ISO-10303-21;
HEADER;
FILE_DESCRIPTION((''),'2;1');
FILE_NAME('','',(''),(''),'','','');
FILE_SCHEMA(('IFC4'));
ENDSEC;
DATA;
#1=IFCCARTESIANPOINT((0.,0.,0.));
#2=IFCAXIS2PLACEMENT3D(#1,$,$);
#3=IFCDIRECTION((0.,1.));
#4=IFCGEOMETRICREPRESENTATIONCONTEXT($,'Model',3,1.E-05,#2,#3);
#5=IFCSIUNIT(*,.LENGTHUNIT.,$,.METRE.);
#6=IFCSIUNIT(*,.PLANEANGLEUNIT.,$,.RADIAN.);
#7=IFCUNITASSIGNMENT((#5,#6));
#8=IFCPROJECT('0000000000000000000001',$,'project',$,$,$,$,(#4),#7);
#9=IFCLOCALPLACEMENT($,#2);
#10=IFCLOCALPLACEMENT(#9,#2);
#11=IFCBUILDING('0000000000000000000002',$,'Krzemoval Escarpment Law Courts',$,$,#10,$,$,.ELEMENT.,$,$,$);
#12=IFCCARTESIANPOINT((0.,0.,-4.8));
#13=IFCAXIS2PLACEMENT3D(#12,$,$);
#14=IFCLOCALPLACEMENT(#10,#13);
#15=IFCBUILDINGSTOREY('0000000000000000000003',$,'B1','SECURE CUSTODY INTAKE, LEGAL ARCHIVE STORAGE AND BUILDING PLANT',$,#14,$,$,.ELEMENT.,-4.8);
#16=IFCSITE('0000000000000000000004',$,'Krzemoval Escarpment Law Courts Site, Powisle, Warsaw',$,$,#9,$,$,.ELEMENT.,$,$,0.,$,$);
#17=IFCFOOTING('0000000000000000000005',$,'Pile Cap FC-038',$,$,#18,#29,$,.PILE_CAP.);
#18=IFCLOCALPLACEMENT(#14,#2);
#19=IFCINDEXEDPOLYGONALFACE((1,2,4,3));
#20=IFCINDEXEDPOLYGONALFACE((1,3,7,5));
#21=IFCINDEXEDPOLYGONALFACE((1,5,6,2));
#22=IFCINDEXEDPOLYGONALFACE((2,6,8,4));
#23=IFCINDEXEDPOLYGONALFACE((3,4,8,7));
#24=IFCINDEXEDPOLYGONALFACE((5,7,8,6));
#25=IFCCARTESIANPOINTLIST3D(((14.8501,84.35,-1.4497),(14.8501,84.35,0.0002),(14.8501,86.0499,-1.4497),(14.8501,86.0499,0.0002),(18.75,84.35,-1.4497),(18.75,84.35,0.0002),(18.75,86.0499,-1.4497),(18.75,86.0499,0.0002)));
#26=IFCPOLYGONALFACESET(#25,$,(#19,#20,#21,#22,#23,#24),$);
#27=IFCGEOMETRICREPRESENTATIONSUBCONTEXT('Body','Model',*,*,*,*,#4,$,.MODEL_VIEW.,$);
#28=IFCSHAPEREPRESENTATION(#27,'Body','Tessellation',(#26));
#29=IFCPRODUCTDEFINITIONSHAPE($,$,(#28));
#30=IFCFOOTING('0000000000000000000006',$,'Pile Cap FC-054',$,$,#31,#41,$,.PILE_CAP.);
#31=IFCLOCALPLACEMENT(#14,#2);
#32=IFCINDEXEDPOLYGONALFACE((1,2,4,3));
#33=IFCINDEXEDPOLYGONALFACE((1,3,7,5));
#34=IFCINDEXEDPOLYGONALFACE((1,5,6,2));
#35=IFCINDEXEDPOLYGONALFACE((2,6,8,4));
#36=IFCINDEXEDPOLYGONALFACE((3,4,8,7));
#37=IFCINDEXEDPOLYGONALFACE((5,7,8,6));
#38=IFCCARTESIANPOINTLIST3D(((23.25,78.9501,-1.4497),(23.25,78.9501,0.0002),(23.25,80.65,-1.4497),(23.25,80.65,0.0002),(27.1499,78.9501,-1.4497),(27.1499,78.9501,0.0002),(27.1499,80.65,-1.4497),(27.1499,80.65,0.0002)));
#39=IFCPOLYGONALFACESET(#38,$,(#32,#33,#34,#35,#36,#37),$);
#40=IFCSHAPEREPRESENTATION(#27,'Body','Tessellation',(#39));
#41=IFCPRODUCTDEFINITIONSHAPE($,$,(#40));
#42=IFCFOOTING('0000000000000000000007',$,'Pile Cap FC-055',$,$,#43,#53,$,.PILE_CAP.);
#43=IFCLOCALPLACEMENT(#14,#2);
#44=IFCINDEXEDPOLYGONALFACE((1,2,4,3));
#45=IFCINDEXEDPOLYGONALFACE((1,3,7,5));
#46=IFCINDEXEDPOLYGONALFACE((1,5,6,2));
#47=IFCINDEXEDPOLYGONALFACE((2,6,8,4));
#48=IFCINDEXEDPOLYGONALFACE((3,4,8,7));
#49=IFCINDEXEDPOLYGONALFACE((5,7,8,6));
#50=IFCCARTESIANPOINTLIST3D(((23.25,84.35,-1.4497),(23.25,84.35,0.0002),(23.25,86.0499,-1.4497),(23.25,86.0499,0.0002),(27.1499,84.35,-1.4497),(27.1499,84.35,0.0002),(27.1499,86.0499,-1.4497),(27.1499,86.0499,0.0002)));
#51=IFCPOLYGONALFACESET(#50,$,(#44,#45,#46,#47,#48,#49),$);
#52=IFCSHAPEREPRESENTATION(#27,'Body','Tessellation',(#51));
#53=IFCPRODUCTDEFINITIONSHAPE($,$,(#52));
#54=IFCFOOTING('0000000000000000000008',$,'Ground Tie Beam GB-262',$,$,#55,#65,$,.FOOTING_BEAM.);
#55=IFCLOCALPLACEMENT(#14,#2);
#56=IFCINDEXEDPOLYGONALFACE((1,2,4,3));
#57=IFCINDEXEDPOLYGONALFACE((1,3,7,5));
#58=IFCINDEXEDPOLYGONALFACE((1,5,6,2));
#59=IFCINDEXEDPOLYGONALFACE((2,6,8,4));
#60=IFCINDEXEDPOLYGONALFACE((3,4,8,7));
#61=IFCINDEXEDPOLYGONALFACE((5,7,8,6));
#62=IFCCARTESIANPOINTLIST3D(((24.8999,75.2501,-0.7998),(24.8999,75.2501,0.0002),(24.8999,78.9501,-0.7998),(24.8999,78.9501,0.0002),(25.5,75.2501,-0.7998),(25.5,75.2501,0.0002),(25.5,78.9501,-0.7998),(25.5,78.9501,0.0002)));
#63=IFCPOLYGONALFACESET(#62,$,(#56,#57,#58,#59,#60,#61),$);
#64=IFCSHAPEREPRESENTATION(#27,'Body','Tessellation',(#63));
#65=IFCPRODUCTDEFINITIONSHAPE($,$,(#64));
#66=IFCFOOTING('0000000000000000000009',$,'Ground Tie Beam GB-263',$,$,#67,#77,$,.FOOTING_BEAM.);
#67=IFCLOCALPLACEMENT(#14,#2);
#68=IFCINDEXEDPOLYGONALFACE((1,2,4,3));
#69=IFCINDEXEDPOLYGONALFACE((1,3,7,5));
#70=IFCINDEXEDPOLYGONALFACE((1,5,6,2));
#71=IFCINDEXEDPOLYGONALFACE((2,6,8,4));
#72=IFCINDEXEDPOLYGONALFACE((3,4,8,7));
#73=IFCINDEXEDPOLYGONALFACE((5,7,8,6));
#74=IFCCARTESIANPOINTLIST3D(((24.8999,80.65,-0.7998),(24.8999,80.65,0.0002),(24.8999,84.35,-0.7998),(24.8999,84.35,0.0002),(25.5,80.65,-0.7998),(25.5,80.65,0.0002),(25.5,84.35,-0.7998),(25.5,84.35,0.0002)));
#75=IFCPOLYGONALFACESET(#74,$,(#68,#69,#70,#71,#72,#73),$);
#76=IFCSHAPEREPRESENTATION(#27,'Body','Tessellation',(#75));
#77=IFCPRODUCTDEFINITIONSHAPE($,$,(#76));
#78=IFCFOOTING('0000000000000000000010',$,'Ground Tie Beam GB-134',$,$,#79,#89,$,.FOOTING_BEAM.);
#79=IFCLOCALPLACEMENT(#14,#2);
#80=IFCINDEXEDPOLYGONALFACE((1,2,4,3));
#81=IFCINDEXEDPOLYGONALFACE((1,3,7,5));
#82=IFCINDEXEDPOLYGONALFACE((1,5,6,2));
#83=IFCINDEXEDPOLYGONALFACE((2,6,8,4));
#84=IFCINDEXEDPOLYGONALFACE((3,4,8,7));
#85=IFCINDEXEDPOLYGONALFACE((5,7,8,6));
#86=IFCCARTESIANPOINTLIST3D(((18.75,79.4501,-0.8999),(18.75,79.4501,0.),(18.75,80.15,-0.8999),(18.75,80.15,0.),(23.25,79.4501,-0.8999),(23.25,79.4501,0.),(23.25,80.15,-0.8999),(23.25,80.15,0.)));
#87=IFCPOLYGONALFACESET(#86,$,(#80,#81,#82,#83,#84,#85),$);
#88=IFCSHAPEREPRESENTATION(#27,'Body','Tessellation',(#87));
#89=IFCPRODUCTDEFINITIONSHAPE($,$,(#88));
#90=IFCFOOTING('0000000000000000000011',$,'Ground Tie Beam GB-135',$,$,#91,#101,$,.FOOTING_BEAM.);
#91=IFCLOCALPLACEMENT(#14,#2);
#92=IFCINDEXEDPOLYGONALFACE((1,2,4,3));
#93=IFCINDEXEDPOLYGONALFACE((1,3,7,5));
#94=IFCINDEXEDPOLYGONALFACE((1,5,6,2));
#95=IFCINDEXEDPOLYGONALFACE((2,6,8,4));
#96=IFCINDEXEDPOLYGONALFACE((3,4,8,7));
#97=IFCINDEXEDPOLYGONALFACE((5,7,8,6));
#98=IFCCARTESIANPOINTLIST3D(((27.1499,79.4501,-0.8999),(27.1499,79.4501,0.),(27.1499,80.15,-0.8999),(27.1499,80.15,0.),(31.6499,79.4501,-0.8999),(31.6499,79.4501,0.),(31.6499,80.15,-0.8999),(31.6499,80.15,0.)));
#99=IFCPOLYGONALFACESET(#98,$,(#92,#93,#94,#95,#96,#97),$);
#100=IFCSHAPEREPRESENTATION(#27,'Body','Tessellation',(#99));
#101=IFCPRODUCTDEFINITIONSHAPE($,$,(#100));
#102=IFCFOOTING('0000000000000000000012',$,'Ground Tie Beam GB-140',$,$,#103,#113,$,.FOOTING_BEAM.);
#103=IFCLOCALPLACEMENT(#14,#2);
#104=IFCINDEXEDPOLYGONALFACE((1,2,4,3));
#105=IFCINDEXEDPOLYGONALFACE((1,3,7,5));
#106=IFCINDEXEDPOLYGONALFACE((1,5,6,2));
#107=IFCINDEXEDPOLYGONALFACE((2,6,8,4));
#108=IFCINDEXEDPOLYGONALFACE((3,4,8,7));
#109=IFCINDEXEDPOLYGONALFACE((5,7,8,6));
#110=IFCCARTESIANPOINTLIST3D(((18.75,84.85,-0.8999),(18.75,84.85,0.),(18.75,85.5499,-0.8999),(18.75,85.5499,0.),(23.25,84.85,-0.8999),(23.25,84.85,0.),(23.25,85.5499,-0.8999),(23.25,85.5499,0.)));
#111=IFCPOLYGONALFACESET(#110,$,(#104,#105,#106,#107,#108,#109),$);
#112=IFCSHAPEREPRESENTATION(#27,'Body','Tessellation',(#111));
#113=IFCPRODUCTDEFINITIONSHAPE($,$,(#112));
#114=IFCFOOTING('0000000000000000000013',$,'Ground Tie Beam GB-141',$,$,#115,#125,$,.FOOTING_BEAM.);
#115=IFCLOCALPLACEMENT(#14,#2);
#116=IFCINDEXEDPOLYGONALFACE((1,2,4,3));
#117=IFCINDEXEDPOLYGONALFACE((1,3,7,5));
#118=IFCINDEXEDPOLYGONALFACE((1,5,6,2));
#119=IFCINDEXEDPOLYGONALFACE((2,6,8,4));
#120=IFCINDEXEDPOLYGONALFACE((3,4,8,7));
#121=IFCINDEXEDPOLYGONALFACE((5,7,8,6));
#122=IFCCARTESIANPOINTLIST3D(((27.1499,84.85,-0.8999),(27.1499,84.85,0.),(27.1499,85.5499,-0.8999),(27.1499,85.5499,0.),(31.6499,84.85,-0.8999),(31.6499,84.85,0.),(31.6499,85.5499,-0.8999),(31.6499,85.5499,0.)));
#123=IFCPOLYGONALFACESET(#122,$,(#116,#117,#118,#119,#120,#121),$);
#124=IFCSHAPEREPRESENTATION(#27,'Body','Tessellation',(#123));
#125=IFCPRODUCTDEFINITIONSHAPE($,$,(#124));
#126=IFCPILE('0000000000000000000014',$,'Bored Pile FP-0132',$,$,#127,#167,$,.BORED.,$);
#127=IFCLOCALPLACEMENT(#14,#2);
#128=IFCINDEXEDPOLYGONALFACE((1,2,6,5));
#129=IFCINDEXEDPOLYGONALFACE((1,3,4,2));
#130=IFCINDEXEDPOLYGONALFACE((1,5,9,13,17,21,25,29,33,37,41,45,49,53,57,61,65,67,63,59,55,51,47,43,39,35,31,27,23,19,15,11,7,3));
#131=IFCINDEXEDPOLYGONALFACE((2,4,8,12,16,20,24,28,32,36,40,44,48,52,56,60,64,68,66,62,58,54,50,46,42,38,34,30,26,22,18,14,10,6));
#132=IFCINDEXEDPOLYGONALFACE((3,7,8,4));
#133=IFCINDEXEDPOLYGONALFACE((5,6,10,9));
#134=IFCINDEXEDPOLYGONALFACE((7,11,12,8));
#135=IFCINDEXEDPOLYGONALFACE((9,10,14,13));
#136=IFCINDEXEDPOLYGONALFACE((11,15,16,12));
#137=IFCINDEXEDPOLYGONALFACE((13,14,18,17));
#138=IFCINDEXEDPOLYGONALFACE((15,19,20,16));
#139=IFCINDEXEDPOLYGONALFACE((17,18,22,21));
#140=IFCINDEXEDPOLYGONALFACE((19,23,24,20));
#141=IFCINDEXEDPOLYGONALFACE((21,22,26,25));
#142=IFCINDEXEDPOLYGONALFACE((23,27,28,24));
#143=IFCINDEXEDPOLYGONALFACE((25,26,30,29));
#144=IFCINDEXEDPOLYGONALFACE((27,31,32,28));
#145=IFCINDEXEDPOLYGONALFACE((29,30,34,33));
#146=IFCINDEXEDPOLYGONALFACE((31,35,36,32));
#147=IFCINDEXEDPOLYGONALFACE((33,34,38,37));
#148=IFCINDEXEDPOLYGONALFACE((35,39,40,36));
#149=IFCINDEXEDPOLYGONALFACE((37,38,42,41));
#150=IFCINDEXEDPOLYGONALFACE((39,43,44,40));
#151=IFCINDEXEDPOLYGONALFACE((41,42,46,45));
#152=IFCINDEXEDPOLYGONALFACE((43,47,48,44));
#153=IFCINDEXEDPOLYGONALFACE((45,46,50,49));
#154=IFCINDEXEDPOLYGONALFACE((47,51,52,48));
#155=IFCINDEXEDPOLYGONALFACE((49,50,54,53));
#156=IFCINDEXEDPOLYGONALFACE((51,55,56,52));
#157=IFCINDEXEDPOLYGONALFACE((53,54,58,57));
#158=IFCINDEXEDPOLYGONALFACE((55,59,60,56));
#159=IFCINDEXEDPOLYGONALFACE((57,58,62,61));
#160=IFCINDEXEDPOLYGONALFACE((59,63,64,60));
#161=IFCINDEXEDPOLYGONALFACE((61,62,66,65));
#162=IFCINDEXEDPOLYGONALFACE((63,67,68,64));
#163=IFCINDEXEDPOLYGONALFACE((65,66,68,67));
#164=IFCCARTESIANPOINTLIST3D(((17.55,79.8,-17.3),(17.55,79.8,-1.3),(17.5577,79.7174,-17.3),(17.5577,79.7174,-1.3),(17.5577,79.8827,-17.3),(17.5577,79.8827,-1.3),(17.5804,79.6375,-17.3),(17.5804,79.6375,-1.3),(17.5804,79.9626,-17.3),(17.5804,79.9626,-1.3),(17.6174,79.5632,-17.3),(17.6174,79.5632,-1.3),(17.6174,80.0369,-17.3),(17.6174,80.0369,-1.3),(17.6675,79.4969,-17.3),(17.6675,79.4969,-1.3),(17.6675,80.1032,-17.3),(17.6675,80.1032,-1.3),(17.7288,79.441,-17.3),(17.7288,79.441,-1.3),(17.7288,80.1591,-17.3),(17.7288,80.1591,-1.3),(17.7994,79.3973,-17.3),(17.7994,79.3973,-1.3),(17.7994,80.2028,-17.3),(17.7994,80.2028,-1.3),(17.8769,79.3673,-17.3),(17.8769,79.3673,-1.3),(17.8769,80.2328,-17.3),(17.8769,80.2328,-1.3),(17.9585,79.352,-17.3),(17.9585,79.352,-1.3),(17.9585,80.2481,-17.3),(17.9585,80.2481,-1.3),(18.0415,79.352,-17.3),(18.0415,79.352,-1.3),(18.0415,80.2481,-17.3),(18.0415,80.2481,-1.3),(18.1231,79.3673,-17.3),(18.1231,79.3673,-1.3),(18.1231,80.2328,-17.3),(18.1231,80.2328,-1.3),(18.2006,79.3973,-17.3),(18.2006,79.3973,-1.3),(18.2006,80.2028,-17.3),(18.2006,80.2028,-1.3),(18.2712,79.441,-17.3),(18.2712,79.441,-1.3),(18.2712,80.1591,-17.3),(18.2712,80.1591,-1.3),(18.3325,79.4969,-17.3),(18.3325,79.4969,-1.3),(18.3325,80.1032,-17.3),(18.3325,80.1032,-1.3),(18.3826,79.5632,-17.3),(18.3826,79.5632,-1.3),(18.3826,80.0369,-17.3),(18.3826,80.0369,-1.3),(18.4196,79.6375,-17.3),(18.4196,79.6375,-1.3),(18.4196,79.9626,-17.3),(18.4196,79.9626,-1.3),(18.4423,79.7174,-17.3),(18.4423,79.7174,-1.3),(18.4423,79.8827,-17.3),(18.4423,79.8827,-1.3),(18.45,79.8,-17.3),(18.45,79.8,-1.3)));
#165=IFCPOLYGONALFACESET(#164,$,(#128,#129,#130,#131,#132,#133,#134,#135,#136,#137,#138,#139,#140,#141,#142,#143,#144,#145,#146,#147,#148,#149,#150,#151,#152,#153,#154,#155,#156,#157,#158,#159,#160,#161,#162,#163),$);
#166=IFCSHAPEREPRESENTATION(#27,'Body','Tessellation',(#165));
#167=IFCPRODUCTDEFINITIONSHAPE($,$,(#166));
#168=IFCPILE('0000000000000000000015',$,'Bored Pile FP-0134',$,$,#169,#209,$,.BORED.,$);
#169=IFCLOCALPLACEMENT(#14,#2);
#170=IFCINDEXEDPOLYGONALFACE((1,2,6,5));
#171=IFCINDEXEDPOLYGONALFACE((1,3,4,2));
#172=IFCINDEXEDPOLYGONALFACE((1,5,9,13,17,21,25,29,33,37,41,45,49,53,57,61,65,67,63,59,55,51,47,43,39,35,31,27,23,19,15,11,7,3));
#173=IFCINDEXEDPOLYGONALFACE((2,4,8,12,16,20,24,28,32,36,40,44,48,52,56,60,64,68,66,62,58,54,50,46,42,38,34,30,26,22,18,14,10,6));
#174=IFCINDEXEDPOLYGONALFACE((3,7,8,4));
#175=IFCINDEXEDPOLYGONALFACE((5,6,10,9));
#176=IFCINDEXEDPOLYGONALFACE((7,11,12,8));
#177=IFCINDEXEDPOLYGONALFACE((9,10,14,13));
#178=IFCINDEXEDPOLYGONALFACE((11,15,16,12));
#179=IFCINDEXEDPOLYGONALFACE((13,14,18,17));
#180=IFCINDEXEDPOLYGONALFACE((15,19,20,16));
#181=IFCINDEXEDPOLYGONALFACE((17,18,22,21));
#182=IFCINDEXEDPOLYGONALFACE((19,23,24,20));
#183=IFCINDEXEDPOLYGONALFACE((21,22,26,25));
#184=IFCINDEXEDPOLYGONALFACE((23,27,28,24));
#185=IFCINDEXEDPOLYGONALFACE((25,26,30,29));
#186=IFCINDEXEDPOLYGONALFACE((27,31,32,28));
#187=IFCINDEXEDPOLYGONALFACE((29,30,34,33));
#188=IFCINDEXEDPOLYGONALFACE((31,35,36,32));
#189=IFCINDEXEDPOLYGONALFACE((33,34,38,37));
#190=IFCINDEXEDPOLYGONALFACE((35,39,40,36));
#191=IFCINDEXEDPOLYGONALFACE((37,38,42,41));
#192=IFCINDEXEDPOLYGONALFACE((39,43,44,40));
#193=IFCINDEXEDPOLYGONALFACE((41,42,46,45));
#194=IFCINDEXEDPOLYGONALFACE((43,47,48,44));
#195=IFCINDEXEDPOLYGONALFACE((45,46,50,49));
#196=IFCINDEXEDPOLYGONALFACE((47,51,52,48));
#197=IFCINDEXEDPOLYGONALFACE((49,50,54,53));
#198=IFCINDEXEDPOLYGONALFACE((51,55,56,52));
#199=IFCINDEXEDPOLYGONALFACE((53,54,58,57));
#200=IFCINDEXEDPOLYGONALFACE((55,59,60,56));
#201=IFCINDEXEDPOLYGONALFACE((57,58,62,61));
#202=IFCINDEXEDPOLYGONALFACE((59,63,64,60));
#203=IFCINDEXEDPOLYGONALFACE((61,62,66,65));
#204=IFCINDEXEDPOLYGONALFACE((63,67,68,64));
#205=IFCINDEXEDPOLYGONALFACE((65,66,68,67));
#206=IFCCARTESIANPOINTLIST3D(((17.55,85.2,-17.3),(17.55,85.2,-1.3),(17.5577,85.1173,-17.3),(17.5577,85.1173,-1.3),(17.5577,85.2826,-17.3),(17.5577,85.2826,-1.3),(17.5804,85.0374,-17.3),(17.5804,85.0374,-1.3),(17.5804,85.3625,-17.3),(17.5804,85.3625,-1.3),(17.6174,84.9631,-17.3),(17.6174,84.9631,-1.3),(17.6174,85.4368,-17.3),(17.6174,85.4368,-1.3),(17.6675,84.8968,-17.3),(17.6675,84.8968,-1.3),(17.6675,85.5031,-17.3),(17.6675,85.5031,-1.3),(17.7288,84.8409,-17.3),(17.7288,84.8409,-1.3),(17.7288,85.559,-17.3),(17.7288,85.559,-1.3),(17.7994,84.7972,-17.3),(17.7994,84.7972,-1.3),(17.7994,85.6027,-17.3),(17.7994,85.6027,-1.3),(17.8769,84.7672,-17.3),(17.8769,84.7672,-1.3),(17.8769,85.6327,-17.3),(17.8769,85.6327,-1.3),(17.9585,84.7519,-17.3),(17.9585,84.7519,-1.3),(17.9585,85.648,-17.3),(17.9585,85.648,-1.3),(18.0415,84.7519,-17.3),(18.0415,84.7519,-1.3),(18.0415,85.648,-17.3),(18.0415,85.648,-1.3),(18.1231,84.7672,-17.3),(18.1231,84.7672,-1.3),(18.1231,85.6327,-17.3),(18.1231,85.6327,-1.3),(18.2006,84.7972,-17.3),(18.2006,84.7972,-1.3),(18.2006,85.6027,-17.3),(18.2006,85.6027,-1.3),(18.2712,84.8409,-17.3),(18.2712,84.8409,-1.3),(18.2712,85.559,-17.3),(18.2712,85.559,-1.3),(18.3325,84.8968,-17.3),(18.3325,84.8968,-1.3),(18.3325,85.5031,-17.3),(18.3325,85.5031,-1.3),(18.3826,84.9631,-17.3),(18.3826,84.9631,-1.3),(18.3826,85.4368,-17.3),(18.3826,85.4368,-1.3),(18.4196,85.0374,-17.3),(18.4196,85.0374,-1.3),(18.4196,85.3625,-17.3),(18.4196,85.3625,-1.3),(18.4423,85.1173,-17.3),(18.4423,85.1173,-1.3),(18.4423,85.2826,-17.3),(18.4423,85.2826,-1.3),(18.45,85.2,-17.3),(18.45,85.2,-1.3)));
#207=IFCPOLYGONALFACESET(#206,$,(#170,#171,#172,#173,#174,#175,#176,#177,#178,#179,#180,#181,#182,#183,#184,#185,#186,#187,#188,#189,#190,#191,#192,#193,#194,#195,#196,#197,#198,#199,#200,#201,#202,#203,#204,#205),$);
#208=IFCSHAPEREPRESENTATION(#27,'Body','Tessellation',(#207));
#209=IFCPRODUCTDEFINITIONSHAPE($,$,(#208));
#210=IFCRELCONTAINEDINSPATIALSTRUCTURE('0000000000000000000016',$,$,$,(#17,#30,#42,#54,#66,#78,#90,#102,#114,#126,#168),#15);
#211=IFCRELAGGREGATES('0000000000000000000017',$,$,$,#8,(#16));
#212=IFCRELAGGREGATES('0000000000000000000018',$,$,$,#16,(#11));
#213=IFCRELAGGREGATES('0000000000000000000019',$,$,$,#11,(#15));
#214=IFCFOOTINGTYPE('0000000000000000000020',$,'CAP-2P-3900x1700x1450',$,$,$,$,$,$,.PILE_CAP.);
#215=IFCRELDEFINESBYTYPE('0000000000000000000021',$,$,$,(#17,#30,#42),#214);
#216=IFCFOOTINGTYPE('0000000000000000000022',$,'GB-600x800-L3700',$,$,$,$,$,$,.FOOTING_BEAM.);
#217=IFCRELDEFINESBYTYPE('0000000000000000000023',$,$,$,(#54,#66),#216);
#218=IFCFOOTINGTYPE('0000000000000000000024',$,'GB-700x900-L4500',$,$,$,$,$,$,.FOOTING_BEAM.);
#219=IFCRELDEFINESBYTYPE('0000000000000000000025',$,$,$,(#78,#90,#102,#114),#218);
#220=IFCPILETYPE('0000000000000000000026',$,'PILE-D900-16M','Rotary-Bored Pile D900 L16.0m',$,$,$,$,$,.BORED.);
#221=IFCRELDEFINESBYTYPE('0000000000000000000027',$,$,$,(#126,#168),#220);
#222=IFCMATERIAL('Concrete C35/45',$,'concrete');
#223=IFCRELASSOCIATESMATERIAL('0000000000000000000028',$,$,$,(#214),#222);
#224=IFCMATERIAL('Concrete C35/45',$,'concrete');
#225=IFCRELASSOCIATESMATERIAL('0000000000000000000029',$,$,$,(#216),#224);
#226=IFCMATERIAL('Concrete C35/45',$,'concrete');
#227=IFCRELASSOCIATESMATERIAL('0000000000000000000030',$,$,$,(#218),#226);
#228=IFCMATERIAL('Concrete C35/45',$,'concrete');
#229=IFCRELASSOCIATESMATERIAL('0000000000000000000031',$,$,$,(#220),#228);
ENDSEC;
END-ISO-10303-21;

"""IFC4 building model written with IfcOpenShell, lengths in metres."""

from ifc_helpers import new_model, si_unit, direction, frame, origin, origin_2d, place, context, subcontext, project, spatial, rectangle, circle, extrude, material, material_profile, profile_set, type_object, element, save


model = new_model("IFC4")

# Units and contexts
model_context = context("Model", 3, precision=1e-05, world=origin(), true_north=direction((0.0, 1.0)))
body_context = subcontext(model_context, "Body", "Model", "MODEL_VIEW")
ifc_project = project(units=[si_unit("LENGTHUNIT", "METRE"), si_unit("PLANEANGLEUNIT", "RADIAN")], contexts=[model_context])

# Site, building, storey
site_placement = place(None, origin())
site = spatial("IfcSite", under=ifc_project, at=site_placement, Name="Krzemoval Escarpment Law Courts Site, Powisle, Warsaw", CompositionType="ELEMENT", RefElevation=0.0)
building_placement = place(site_placement, origin())
building = spatial("IfcBuilding", under=site, at=building_placement, Name="Krzemoval Escarpment Law Courts", CompositionType="ELEMENT")
storey_placement = place(building_placement, frame((0.0, 0.0, -4.8)))
storey = spatial("IfcBuildingStorey", under=building, at=storey_placement, Name="B1", Description="SECURE CUSTODY INTAKE, LEGAL ARCHIVE STORAGE AND BUILDING PLANT", CompositionType="ELEMENT", Elevation=-4.8)

# Footings
ifc_material_1 = material(Name="Concrete C35/45", Category="concrete")
footing_type_1 = type_object("IfcFootingType", Name="CAP-2P-3900x1700x1450", PredefinedType="PILE_CAP", material=ifc_material_1)
for number, where, z_axis, x_axis, name in (
    (1, (16.8, 85.2, -1.4497), (0.0, 0.0, 1.0), (1.0, 0.0, 0.0), "Pile Cap FC-038"),
    (2, (25.2, 79.8, -1.4497), (0.0, 0.0, 1.0), (1.0, 0.0, 0.0), "Pile Cap FC-054"),
    (3, (25.2, 85.2, -1.4497), (0.0, 0.0, 1.0), (1.0, 0.0, 0.0), "Pile Cap FC-055"),
):
    element("IfcFooting", number, at=place(storey_placement, frame(where, z_axis=z_axis, x_axis=x_axis)), inside=storey, type_object=footing_type_1, Name=name, PredefinedType="PILE_CAP", context=body_context, shape_type="SweptSolid", body=[
        extrude(rectangle(XDim=3.8999, YDim=1.7, at=origin_2d()), origin(), (0.0, 0.0, 1.0), 1.45),
    ])
ifc_material_2 = material(Name="Concrete C35/45", Category="concrete")
footing_type_2 = type_object("IfcFootingType", Name="GB-600x800-L3700", PredefinedType="FOOTING_BEAM", material=ifc_material_2)
for number, where, z_axis, x_axis, name in (
    (4, (25.2, 77.1001, -0.7998), (0.0, 0.0, 1.0), (0.0, 1.0, 0.0), "Ground Tie Beam GB-262"),
    (5, (25.2, 82.5, -0.7998), (0.0, 0.0, 1.0), (0.0, 1.0, 0.0), "Ground Tie Beam GB-263"),
):
    element("IfcFooting", number, at=place(storey_placement, frame(where, z_axis=z_axis, x_axis=x_axis)), inside=storey, type_object=footing_type_2, Name=name, PredefinedType="FOOTING_BEAM", context=body_context, shape_type="SweptSolid", body=[
        extrude(rectangle(XDim=3.7, YDim=0.6001, at=origin_2d()), origin(), (0.0, 0.0, 1.0), 0.8),
    ])
ifc_material_3 = material(Name="Concrete C35/45", Category="concrete")
footing_type_3 = type_object("IfcFootingType", Name="GB-700x900-L4500", PredefinedType="FOOTING_BEAM", material=ifc_material_3)
for number, where, z_axis, x_axis, name in (
    (6, (21.0, 79.8, -0.8999), (0.0, 0.0, 1.0), (1.0, 0.0, 0.0), "Ground Tie Beam GB-134"),
    (7, (29.3999, 79.8, -0.8999), (0.0, 0.0, 1.0), (1.0, 0.0, 0.0), "Ground Tie Beam GB-135"),
    (8, (21.0, 85.2, -0.8999), (0.0, 0.0, 1.0), (1.0, 0.0, 0.0), "Ground Tie Beam GB-140"),
    (9, (29.3999, 85.2, -0.8999), (0.0, 0.0, 1.0), (1.0, 0.0, 0.0), "Ground Tie Beam GB-141"),
):
    element("IfcFooting", number, at=place(storey_placement, frame(where, z_axis=z_axis, x_axis=x_axis)), inside=storey, type_object=footing_type_3, Name=name, PredefinedType="FOOTING_BEAM", context=body_context, shape_type="SweptSolid", body=[
        extrude(rectangle(XDim=4.5, YDim=0.7, at=origin_2d()), origin(), (0.0, 0.0, 1.0), 0.8999),
    ])

# Piles
ifc_material_4 = material(Name="Concrete C35/45", Category="concrete")
ifc_material_profile_1 = material_profile(ifc_material_4, circle(Radius=0.45, at=origin_2d()), Name="PILE D900")
ifc_profile_set_1 = profile_set([ifc_material_profile_1], Name="Concrete C35/45")
pile_type = type_object("IfcPileType", Name="PILE-D900-16M", Description="Rotary-Bored Pile D900 L16.0m", PredefinedType="BORED", material=ifc_profile_set_1)
for number, where, z_axis, x_axis, name in (
    (10, (18.0, 79.8, -1.3), (0.0, 0.0, -1.0), (1.0, 0.0, 0.0), "Bored Pile FP-0132"),
    (11, (18.0, 85.2, -1.3), (0.0, 0.0, -1.0), (1.0, 0.0, 0.0), "Bored Pile FP-0134"),
):
    element("IfcPile", number, at=place(storey_placement, frame(where, z_axis=z_axis, x_axis=x_axis)), inside=storey, type_object=pile_type, Name=name, PredefinedType="BORED", context=body_context, shape_type="SweptSolid", body=[
        extrude(circle(Radius=0.45, at=origin_2d()), origin(), (0.0, 0.0, 1.0), 16.0),
    ])

save(model, "model.ifc")
